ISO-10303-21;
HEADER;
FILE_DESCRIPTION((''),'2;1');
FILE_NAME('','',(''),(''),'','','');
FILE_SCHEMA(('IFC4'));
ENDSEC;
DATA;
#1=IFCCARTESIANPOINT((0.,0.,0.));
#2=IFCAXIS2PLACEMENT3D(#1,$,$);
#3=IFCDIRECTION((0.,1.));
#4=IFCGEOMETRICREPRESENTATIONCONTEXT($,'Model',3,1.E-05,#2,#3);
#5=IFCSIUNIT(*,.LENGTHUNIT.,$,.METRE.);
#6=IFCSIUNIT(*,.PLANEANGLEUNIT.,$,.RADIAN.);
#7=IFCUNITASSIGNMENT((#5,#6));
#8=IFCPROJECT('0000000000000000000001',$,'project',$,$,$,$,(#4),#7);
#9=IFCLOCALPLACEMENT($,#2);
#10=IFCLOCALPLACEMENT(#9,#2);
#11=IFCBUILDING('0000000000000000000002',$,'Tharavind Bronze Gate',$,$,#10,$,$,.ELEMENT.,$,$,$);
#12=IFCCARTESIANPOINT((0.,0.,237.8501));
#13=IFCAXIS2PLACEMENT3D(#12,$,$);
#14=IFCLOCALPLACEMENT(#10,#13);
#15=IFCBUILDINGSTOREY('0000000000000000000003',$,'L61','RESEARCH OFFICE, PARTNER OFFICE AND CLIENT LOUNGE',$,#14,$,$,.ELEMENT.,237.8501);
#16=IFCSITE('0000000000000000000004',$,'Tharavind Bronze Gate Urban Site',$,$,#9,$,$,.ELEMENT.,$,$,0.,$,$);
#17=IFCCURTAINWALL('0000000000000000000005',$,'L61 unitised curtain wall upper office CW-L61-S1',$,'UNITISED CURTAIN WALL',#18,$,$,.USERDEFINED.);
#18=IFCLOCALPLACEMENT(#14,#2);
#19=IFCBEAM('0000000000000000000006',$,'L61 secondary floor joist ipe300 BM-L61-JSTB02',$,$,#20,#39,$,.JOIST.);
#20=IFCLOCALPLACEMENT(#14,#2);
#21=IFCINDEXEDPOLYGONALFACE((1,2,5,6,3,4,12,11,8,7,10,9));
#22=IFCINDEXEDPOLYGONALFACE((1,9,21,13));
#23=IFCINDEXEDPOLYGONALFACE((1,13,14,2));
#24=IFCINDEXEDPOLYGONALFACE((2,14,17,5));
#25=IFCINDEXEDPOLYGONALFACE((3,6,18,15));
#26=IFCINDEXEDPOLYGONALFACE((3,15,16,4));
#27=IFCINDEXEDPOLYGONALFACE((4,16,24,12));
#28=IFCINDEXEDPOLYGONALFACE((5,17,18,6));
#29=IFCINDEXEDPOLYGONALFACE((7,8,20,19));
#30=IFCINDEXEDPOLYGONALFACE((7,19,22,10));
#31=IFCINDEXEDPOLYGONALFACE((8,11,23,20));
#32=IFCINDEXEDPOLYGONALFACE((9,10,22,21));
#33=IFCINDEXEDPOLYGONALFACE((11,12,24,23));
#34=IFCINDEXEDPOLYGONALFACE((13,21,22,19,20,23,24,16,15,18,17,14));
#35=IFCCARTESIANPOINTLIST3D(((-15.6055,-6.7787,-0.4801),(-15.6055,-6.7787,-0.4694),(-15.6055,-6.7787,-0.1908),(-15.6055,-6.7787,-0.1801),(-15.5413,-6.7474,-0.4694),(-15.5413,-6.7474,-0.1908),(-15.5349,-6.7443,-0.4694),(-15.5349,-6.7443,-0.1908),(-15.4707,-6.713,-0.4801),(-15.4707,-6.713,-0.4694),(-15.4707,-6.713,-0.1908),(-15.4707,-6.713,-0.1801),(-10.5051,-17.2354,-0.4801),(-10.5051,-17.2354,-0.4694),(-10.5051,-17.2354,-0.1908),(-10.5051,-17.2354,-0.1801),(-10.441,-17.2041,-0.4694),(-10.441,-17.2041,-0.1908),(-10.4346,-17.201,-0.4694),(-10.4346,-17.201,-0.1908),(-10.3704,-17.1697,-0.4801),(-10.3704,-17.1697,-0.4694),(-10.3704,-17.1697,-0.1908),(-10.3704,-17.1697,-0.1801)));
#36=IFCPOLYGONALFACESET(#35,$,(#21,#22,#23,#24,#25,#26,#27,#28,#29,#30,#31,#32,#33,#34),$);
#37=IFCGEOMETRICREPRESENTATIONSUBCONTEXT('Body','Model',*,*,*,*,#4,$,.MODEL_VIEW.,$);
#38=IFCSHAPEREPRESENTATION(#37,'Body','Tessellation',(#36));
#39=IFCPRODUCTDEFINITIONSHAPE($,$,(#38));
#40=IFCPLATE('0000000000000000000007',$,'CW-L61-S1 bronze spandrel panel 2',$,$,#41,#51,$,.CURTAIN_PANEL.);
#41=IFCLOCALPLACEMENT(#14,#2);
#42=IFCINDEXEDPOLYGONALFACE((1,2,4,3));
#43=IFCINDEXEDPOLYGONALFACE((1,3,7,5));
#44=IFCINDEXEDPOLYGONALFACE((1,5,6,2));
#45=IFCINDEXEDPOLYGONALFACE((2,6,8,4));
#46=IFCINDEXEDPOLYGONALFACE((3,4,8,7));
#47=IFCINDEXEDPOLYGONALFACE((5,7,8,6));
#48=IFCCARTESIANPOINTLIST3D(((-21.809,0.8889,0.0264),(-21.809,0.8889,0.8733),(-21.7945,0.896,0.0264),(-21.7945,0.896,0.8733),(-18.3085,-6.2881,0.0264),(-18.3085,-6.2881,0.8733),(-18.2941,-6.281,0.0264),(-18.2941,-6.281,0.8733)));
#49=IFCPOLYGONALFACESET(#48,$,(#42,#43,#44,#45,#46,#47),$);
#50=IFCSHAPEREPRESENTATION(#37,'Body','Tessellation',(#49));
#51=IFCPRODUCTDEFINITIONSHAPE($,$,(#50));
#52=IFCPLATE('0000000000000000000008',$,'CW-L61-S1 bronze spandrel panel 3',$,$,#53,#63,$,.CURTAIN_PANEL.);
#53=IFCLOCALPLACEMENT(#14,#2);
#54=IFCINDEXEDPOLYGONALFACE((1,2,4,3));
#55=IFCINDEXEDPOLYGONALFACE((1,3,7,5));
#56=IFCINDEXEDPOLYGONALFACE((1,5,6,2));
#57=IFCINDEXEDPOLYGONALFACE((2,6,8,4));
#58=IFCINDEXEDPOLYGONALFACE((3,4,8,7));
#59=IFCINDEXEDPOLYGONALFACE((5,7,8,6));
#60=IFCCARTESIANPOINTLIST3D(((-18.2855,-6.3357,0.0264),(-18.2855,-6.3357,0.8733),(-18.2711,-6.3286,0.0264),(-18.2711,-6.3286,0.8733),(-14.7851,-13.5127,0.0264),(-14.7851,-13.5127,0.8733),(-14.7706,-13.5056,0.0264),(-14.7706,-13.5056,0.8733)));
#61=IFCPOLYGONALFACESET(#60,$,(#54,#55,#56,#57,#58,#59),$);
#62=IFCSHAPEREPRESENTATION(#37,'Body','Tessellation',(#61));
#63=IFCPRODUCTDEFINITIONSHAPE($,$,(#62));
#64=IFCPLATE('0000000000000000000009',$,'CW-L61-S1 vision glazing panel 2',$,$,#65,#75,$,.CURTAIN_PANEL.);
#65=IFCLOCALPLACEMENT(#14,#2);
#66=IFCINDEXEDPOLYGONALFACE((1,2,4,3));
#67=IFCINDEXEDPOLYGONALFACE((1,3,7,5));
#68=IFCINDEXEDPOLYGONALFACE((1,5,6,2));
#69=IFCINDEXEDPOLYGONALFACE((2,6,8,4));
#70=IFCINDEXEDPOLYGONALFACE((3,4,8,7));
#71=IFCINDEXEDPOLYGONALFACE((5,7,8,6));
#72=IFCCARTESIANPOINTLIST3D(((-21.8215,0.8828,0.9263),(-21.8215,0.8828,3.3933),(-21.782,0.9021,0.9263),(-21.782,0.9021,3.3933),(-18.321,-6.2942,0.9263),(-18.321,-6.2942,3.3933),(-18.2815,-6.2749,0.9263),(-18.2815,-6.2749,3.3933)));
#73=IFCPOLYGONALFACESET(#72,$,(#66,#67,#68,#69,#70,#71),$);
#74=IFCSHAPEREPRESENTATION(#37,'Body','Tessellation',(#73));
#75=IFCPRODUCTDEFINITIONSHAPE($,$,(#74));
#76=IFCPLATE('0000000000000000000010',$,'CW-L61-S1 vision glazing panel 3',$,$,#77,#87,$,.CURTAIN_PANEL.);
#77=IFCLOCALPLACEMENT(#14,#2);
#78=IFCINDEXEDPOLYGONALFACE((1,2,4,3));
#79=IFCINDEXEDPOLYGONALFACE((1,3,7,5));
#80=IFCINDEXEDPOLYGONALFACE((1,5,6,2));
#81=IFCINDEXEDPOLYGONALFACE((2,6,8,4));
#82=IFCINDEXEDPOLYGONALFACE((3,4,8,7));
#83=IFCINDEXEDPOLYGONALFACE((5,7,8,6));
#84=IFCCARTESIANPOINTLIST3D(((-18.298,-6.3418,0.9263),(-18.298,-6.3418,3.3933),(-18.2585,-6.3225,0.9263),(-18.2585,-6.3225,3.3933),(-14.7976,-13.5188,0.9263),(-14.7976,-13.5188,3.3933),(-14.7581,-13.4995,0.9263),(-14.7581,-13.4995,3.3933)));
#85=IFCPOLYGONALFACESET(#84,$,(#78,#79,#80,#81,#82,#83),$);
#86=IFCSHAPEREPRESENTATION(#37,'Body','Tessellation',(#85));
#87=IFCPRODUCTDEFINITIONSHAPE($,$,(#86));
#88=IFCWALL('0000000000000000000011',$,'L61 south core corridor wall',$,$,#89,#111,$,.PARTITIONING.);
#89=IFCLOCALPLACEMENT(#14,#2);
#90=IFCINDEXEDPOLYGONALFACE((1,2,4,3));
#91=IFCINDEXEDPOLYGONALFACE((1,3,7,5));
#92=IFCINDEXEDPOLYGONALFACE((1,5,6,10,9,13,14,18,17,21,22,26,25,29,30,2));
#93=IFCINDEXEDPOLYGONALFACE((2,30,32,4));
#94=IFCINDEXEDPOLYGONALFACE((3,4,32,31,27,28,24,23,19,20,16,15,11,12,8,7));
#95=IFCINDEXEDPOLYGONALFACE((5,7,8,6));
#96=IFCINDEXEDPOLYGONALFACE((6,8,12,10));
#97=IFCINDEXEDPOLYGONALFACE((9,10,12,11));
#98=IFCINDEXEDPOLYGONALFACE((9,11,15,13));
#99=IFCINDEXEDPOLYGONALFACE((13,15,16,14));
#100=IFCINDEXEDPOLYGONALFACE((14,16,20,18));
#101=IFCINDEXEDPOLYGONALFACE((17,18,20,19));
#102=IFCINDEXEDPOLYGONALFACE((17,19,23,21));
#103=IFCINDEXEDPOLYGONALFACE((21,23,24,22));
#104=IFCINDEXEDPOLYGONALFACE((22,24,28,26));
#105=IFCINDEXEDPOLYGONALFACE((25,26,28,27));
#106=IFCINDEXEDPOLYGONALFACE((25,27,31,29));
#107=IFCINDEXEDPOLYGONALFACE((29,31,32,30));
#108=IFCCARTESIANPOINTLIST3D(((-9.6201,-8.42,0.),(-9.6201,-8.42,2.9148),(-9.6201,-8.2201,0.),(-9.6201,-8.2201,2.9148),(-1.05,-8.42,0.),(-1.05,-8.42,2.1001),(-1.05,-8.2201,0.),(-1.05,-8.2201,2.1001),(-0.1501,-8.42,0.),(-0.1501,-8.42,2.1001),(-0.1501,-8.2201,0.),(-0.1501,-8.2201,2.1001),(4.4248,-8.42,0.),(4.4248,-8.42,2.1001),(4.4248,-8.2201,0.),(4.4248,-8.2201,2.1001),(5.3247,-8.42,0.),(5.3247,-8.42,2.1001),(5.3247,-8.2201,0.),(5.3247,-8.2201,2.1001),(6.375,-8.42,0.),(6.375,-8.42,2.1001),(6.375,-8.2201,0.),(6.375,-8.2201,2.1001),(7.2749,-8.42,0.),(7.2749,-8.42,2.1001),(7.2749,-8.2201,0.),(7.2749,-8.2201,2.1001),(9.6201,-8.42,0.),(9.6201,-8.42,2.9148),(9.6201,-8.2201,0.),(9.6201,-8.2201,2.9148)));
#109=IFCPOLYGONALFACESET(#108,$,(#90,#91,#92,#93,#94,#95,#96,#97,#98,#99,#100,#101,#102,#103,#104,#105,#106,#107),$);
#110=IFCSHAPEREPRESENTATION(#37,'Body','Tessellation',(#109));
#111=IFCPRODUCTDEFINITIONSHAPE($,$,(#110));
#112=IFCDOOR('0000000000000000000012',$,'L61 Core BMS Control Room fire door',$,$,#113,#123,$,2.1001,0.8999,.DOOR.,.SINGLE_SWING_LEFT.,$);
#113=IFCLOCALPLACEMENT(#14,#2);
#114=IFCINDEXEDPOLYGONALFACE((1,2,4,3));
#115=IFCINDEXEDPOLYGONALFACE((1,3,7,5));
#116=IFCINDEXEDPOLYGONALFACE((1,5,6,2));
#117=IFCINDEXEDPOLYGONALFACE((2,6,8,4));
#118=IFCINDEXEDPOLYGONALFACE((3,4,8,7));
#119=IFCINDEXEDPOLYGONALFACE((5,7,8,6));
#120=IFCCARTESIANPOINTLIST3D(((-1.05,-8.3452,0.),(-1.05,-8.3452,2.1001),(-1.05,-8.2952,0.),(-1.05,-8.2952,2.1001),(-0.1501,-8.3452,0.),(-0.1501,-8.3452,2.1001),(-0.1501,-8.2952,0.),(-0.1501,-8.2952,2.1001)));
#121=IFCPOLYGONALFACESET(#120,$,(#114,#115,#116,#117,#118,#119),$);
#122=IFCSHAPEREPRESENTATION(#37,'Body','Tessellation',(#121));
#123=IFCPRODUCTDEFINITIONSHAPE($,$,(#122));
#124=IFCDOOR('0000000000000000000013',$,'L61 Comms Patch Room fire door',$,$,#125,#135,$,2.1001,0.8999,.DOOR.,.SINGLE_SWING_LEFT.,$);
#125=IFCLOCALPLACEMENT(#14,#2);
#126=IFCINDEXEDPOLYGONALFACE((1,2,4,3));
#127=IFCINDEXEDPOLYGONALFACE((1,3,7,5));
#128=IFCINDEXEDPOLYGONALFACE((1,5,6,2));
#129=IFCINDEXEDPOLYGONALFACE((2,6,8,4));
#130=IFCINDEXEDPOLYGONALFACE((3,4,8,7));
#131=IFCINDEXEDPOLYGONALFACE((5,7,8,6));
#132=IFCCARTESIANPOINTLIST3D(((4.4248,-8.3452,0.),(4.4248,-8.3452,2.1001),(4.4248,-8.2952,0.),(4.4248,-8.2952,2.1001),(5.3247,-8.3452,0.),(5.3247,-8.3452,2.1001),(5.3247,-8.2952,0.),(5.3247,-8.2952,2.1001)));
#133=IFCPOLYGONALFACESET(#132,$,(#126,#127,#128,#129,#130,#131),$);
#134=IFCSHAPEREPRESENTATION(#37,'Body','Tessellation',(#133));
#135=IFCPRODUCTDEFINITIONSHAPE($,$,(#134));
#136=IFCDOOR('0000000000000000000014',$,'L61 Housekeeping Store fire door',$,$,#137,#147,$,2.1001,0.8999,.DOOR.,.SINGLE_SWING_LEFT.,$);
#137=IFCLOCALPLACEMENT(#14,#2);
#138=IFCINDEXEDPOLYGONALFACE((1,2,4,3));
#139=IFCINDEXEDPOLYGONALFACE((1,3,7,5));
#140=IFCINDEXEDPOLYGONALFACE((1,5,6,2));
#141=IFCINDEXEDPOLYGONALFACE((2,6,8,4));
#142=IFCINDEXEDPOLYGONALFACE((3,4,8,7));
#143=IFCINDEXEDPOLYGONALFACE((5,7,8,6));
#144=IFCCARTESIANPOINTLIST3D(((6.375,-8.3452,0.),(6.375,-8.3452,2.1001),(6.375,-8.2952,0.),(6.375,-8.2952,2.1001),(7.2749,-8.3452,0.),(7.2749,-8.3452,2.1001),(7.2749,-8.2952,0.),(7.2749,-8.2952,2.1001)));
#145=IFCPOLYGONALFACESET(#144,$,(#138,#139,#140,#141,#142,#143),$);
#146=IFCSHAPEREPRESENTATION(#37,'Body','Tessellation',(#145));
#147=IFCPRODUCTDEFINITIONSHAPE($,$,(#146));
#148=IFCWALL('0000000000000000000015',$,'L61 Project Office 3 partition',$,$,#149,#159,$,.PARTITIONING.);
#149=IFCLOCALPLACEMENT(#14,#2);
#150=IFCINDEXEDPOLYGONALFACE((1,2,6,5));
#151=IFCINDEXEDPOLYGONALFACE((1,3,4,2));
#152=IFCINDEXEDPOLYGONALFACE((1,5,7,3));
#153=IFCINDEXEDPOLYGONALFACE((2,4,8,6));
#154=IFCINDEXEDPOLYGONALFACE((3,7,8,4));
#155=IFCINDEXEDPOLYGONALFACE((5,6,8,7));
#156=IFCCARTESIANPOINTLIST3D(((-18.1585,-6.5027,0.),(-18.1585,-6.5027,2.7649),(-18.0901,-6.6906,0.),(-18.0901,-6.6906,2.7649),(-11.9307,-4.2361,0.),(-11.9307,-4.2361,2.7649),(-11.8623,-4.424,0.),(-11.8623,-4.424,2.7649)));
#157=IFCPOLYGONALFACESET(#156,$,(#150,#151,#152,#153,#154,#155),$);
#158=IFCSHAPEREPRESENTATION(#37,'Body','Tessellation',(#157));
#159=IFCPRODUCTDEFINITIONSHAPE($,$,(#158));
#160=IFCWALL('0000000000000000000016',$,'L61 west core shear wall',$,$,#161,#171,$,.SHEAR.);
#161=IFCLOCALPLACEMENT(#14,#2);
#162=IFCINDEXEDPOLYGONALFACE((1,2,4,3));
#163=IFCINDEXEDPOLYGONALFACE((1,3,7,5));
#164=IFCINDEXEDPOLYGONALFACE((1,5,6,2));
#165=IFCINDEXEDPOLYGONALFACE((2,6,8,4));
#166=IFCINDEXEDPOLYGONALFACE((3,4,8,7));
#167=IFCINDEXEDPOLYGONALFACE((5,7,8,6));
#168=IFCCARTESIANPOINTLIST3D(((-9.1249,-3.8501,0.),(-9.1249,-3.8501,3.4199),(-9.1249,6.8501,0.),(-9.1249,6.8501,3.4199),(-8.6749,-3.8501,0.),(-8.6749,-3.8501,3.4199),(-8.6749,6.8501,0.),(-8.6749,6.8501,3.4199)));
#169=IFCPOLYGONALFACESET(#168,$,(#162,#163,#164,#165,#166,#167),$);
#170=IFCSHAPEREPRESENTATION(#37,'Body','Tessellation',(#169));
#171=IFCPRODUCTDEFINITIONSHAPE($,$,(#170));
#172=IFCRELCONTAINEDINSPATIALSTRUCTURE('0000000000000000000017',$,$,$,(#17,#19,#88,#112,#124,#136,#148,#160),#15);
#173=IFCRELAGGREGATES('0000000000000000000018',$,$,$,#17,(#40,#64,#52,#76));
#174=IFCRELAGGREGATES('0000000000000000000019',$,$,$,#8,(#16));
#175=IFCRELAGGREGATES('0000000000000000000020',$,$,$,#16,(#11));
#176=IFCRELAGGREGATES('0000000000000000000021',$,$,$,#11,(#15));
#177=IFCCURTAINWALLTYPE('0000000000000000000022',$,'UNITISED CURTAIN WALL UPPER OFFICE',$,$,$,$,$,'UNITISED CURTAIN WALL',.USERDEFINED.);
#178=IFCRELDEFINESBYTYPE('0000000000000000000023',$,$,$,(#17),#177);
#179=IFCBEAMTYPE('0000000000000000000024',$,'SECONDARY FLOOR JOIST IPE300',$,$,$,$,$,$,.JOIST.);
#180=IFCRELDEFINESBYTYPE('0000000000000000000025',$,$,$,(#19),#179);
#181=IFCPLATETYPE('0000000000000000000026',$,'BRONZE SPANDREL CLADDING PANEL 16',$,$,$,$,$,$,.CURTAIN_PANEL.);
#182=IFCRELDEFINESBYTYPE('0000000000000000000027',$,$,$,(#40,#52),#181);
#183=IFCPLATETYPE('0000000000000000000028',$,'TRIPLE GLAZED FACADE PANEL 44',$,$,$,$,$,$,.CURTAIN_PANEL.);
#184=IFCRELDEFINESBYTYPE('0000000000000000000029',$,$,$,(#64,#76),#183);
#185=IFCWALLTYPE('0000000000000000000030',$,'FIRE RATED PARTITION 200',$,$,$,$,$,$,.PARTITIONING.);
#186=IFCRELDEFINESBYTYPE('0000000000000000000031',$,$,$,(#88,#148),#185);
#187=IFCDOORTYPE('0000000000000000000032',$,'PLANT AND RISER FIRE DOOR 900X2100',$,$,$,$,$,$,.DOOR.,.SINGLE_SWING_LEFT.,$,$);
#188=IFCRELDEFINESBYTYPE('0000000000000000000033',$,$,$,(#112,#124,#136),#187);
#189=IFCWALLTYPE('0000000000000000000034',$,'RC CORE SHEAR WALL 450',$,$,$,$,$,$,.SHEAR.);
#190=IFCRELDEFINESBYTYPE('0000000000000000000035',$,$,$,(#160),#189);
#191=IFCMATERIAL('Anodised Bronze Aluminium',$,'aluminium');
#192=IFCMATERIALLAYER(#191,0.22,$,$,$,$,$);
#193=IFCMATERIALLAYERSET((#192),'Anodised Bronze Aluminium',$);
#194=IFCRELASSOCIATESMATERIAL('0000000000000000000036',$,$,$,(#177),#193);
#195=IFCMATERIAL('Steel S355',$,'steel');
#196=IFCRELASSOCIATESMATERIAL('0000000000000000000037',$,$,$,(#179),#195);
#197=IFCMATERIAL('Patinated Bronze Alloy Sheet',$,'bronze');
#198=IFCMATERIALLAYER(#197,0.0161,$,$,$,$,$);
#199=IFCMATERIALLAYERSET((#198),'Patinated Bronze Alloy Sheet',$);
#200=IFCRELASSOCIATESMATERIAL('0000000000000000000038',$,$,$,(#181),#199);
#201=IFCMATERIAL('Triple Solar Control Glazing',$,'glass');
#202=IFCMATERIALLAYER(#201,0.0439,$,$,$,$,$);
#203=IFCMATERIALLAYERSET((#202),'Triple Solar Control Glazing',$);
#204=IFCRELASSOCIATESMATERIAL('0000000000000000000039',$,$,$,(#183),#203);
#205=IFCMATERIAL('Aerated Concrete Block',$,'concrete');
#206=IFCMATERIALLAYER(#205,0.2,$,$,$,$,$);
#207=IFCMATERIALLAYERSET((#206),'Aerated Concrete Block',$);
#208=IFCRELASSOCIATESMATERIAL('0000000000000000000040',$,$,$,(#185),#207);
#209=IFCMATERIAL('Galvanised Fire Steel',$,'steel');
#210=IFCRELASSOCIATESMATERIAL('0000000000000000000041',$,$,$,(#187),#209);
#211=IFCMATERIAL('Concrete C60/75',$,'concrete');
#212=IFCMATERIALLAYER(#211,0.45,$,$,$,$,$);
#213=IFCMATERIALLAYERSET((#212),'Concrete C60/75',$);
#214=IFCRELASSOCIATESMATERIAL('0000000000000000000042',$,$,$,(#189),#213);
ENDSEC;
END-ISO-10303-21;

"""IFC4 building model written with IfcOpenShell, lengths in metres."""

from ifc_helpers import new_model, si_unit, direction, frame, frame_2d, origin, origin_2d, place, context, subcontext, project, spatial, rectangle, i_section, extrude, material, layer, layer_set, material_profile, profile_set, type_object, element, fill, aggregate, save


model = new_model("IFC4")

# Units and contexts
model_context = context("Model", 3, precision=1e-05, world=origin(), true_north=direction((0.0, 1.0)))
body_context = subcontext(model_context, "Body", "Model", "MODEL_VIEW")
ifc_project = project(units=[si_unit("LENGTHUNIT", "METRE"), si_unit("PLANEANGLEUNIT", "RADIAN")], contexts=[model_context])

# Site, building, storey
site_placement = place(None, origin())
site = spatial("IfcSite", under=ifc_project, at=site_placement, Name="Tharavind Bronze Gate Urban Site", CompositionType="ELEMENT", RefElevation=0.0)
building_placement = place(site_placement, origin())
building = spatial("IfcBuilding", under=site, at=building_placement, Name="Tharavind Bronze Gate", CompositionType="ELEMENT")
storey_placement = place(building_placement, frame((0.0, 0.0, 237.8501)))
storey = spatial("IfcBuildingStorey", under=building, at=storey_placement, Name="L61", Description="RESEARCH OFFICE, PARTNER OFFICE AND CLIENT LOUNGE", CompositionType="ELEMENT", Elevation=237.8501)

# Curtain wall
ifc_material_1 = material(Name="Anodised Bronze Aluminium", Category="aluminium")
ifc_layer_1 = layer(ifc_material_1, 0.22)
ifc_layer_set_1 = layer_set([ifc_layer_1], Name="Anodised Bronze Aluminium")
curtain_wall_type = type_object("IfcCurtainWallType", Name="UNITISED CURTAIN WALL UPPER OFFICE", ElementType="UNITISED CURTAIN WALL", PredefinedType="USERDEFINED", material=ifc_layer_set_1)
curtain_wall_placement = place(storey_placement, origin())
curtain_wall = element("IfcCurtainWall", 1, at=curtain_wall_placement, inside=storey, type_object=curtain_wall_type, Name="L61 unitised curtain wall upper office CW-L61-S1", ObjectType="UNITISED CURTAIN WALL", PredefinedType="USERDEFINED")

# Beam
ifc_material_2 = material(Name="Steel S355", Category="steel")
ifc_material_profile_1 = material_profile(ifc_material_2, i_section(OverallWidth=0.1499, OverallDepth=0.3, WebThickness=0.0071, FlangeThickness=0.0107, at=origin_2d()), Name="IPE300")
ifc_profile_set_1 = profile_set([ifc_material_profile_1], Name="Steel S355")
beam_type_1 = type_object("IfcBeamType", Name="SECONDARY FLOOR JOIST IPE300", PredefinedType="JOIST", material=ifc_profile_set_1)
beam_1_placement = place(storey_placement, frame((-15.5381, -6.7458, -0.3301), z_axis=(0.438387, -0.898786, 0.0), x_axis=(0.898786, 0.438387, 0.0)))
element("IfcBeam", 2, at=beam_1_placement, inside=storey, type_object=beam_type_1, Name="L61 secondary floor joist ipe300 BM-L61-JSTB02", PredefinedType="JOIST", context=body_context, shape_type="SweptSolid", body=[
    extrude(i_section(OverallWidth=0.1499, OverallDepth=0.3, WebThickness=0.0071, FlangeThickness=0.0107, at=origin_2d()), origin(), (0.0, 0.0, 1.0), 11.6343),
])

# Plates
ifc_material_3 = material(Name="Patinated Bronze Alloy Sheet", Category="bronze")
ifc_layer_2 = layer(ifc_material_3, 0.0161)
ifc_layer_set_2 = layer_set([ifc_layer_2], Name="Patinated Bronze Alloy Sheet")
plate_type_1 = type_object("IfcPlateType", Name="BRONZE SPANDREL CLADDING PANEL 16", PredefinedType="CURTAIN_PANEL", material=ifc_layer_set_2)
plate_1_placement = place(storey_placement, frame((-20.0515, -2.696, 0.0264), z_axis=(0.0, 0.0, 1.0), x_axis=(0.438371, -0.898794, 0.0)))
plate_1 = element("IfcPlate", 3, at=plate_1_placement, type_object=plate_type_1, Name="CW-L61-S1 bronze spandrel panel 2", PredefinedType="CURTAIN_PANEL", context=body_context, shape_type="SweptSolid", body=[
    extrude(rectangle(XDim=7.9851, YDim=0.0161, at=origin_2d()), origin(), (0.0, 0.0, 1.0), 0.8469),
])
plate_2_placement = place(storey_placement, frame((-16.5281, -9.9207, 0.0264), z_axis=(0.0, 0.0, 1.0), x_axis=(0.438371, -0.898794, 0.0)))
plate_2 = element("IfcPlate", 4, at=plate_2_placement, type_object=plate_type_1, Name="CW-L61-S1 bronze spandrel panel 3", PredefinedType="CURTAIN_PANEL", context=body_context, shape_type="SweptSolid", body=[
    extrude(rectangle(XDim=7.9851, YDim=0.0161, at=origin_2d()), origin(), (0.0, 0.0, 1.0), 0.8469),
])
ifc_material_4 = material(Name="Triple Solar Control Glazing", Category="glass")
ifc_layer_3 = layer(ifc_material_4, 0.0439)
ifc_layer_set_3 = layer_set([ifc_layer_3], Name="Triple Solar Control Glazing")
plate_type_2 = type_object("IfcPlateType", Name="TRIPLE GLAZED FACADE PANEL 44", PredefinedType="CURTAIN_PANEL", material=ifc_layer_set_3)
plate_3_placement = place(storey_placement, frame((-20.0515, -2.696, 0.9263), z_axis=(0.0, 0.0, 1.0), x_axis=(0.438371, -0.898794, 0.0)))
plate_3 = element("IfcPlate", 5, at=plate_3_placement, type_object=plate_type_2, Name="CW-L61-S1 vision glazing panel 2", PredefinedType="CURTAIN_PANEL", context=body_context, shape_type="SweptSolid", body=[
    extrude(rectangle(XDim=7.9851, YDim=0.0439, at=origin_2d()), origin(), (0.0, 0.0, 1.0), 2.467),
])
plate_4_placement = place(storey_placement, frame((-16.5281, -9.9207, 0.9263), z_axis=(0.0, 0.0, 1.0), x_axis=(0.438371, -0.898794, 0.0)))
plate_4 = element("IfcPlate", 6, at=plate_4_placement, type_object=plate_type_2, Name="CW-L61-S1 vision glazing panel 3", PredefinedType="CURTAIN_PANEL", context=body_context, shape_type="SweptSolid", body=[
    extrude(rectangle(XDim=7.9851, YDim=0.0439, at=origin_2d()), origin(), (0.0, 0.0, 1.0), 2.467),
])
aggregate(curtain_wall, [plate_1, plate_3, plate_2, plate_4])

# Wall, openings, doors
ifc_material_5 = material(Name="Aerated Concrete Block", Category="concrete")
ifc_layer_4 = layer(ifc_material_5, 0.2)
ifc_layer_set_4 = layer_set([ifc_layer_4], Name="Aerated Concrete Block")
wall_type_1 = type_object("IfcWallType", Name="FIRE RATED PARTITION 200", PredefinedType="PARTITIONING", material=ifc_layer_set_4)
wall_1_placement = place(storey_placement, frame((-9.6201, -8.3201, 0.0), z_axis=(0.0, 0.0, 1.0), x_axis=(1.0, 0.0, 0.0)))
wall_1 = element("IfcWall", 7, at=wall_1_placement, inside=storey, type_object=wall_type_1, Name="L61 south core corridor wall", PredefinedType="PARTITIONING", context=body_context, shape_type="SweptSolid", body=[
    extrude(rectangle(XDim=19.2402, YDim=0.2, at=frame_2d((9.6201, 0.0))), origin(), (0.0, 0.0, 1.0), 2.9148),
])
opening_1_placement = place(wall_1_placement, frame((8.5701, 0.0, 0.0)))
opening_1 = element("IfcOpeningElement", 8, at=opening_1_placement, cuts=wall_1, PredefinedType="OPENING", context=body_context, shape_type="SweptSolid", body=[
    extrude(rectangle(XDim=0.8999, YDim=2.1001, at=frame_2d((0.45, 1.05))), frame((0.0, 0.1101, 0.0), z_axis=(0.0, -1.0, 0.0), x_axis=(1.0, 0.0, 0.0)), (0.0, 0.0, 1.0), 0.22),
])
opening_2_placement = place(wall_1_placement, frame((14.0449, 0.0, 0.0)))
opening_2 = element("IfcOpeningElement", 9, at=opening_2_placement, cuts=wall_1, PredefinedType="OPENING", context=body_context, shape_type="SweptSolid", body=[
    extrude(rectangle(XDim=0.8999, YDim=2.1001, at=frame_2d((0.45, 1.05))), frame((0.0, 0.1101, 0.0), z_axis=(0.0, -1.0, 0.0), x_axis=(1.0, 0.0, 0.0)), (0.0, 0.0, 1.0), 0.22),
])
opening_3_placement = place(wall_1_placement, frame((15.9951, 0.0, 0.0)))
opening_3 = element("IfcOpeningElement", 10, at=opening_3_placement, cuts=wall_1, PredefinedType="OPENING", context=body_context, shape_type="SweptSolid", body=[
    extrude(rectangle(XDim=0.8999, YDim=2.1001, at=frame_2d((0.45, 1.05))), frame((0.0, 0.1101, 0.0), z_axis=(0.0, -1.0, 0.0), x_axis=(1.0, 0.0, 0.0)), (0.0, 0.0, 1.0), 0.22),
])
ifc_material_6 = material(Name="Galvanised Fire Steel", Category="steel")
door_type_1 = type_object("IfcDoorType", Name="PLANT AND RISER FIRE DOOR 900X2100", OperationType="SINGLE_SWING_LEFT", PredefinedType="DOOR", material=ifc_material_6)
door_1_placement = place(opening_1_placement, origin())
door_1 = element("IfcDoor", 11, at=door_1_placement, inside=storey, type_object=door_type_1, Name="L61 Core BMS Control Room fire door", OperationType="SINGLE_SWING_LEFT", OverallHeight=2.1001, OverallWidth=0.8999, PredefinedType="DOOR", context=body_context, shape_type="SweptSolid", body=[
    extrude(rectangle(XDim=0.8999, YDim=2.1001, at=frame_2d((0.45, 1.05))), frame((0.0, 0.0249, 0.0), z_axis=(0.0, -1.0, 0.0), x_axis=(1.0, 0.0, 0.0)), (0.0, 0.0, 1.0), 0.05),
])
fill(opening_1, door_1)
door_2_placement = place(opening_2_placement, origin())
door_2 = element("IfcDoor", 12, at=door_2_placement, inside=storey, type_object=door_type_1, Name="L61 Comms Patch Room fire door", OperationType="SINGLE_SWING_LEFT", OverallHeight=2.1001, OverallWidth=0.8999, PredefinedType="DOOR", context=body_context, shape_type="SweptSolid", body=[
    extrude(rectangle(XDim=0.8999, YDim=2.1001, at=frame_2d((0.45, 1.05))), frame((0.0, 0.0249, 0.0), z_axis=(0.0, -1.0, 0.0), x_axis=(1.0, 0.0, 0.0)), (0.0, 0.0, 1.0), 0.05),
])
fill(opening_2, door_2)
door_3_placement = place(opening_3_placement, origin())
door_3 = element("IfcDoor", 13, at=door_3_placement, inside=storey, type_object=door_type_1, Name="L61 Housekeeping Store fire door", OperationType="SINGLE_SWING_LEFT", OverallHeight=2.1001, OverallWidth=0.8999, PredefinedType="DOOR", context=body_context, shape_type="SweptSolid", body=[
    extrude(rectangle(XDim=0.8999, YDim=2.1001, at=frame_2d((0.45, 1.05))), frame((0.0, 0.0249, 0.0), z_axis=(0.0, -1.0, 0.0), x_axis=(1.0, 0.0, 0.0)), (0.0, 0.0, 1.0), 0.05),
])
fill(opening_3, door_3)

# Wall
wall_2_placement = place(storey_placement, frame((-11.8965, -4.3301, 0.0), z_axis=(0.0, 0.0, 1.0), x_axis=(-0.939699, -0.342003, 0.0)))
element("IfcWall", 14, at=wall_2_placement, inside=storey, type_object=wall_type_1, Name="L61 Project Office 3 partition", PredefinedType="PARTITIONING", context=body_context, shape_type="SweptSolid", body=[
    extrude(rectangle(XDim=6.6274, YDim=0.2, at=frame_2d((3.3137, 0.0))), origin(), (0.0, 0.0, 1.0), 2.7649),
])

# Wall
ifc_material_7 = material(Name="Concrete C60/75", Category="concrete")
ifc_layer_5 = layer(ifc_material_7, 0.45)
ifc_layer_set_5 = layer_set([ifc_layer_5], Name="Concrete C60/75")
wall_type_2 = type_object("IfcWallType", Name="RC CORE SHEAR WALL 450", PredefinedType="SHEAR", material=ifc_layer_set_5)
wall_3_placement = place(storey_placement, frame((-8.8999, -3.8501, 0.0), z_axis=(0.0, 0.0, 1.0), x_axis=(0.0, 1.0, 0.0)))
element("IfcWall", 15, at=wall_3_placement, inside=storey, type_object=wall_type_2, Name="L61 west core shear wall", PredefinedType="SHEAR", context=body_context, shape_type="SweptSolid", body=[
    extrude(rectangle(XDim=10.7002, YDim=0.45, at=frame_2d((5.3501, 0.0))), origin(), (0.0, 0.0, 1.0), 3.4199),
])

save(model, "model.ifc")
